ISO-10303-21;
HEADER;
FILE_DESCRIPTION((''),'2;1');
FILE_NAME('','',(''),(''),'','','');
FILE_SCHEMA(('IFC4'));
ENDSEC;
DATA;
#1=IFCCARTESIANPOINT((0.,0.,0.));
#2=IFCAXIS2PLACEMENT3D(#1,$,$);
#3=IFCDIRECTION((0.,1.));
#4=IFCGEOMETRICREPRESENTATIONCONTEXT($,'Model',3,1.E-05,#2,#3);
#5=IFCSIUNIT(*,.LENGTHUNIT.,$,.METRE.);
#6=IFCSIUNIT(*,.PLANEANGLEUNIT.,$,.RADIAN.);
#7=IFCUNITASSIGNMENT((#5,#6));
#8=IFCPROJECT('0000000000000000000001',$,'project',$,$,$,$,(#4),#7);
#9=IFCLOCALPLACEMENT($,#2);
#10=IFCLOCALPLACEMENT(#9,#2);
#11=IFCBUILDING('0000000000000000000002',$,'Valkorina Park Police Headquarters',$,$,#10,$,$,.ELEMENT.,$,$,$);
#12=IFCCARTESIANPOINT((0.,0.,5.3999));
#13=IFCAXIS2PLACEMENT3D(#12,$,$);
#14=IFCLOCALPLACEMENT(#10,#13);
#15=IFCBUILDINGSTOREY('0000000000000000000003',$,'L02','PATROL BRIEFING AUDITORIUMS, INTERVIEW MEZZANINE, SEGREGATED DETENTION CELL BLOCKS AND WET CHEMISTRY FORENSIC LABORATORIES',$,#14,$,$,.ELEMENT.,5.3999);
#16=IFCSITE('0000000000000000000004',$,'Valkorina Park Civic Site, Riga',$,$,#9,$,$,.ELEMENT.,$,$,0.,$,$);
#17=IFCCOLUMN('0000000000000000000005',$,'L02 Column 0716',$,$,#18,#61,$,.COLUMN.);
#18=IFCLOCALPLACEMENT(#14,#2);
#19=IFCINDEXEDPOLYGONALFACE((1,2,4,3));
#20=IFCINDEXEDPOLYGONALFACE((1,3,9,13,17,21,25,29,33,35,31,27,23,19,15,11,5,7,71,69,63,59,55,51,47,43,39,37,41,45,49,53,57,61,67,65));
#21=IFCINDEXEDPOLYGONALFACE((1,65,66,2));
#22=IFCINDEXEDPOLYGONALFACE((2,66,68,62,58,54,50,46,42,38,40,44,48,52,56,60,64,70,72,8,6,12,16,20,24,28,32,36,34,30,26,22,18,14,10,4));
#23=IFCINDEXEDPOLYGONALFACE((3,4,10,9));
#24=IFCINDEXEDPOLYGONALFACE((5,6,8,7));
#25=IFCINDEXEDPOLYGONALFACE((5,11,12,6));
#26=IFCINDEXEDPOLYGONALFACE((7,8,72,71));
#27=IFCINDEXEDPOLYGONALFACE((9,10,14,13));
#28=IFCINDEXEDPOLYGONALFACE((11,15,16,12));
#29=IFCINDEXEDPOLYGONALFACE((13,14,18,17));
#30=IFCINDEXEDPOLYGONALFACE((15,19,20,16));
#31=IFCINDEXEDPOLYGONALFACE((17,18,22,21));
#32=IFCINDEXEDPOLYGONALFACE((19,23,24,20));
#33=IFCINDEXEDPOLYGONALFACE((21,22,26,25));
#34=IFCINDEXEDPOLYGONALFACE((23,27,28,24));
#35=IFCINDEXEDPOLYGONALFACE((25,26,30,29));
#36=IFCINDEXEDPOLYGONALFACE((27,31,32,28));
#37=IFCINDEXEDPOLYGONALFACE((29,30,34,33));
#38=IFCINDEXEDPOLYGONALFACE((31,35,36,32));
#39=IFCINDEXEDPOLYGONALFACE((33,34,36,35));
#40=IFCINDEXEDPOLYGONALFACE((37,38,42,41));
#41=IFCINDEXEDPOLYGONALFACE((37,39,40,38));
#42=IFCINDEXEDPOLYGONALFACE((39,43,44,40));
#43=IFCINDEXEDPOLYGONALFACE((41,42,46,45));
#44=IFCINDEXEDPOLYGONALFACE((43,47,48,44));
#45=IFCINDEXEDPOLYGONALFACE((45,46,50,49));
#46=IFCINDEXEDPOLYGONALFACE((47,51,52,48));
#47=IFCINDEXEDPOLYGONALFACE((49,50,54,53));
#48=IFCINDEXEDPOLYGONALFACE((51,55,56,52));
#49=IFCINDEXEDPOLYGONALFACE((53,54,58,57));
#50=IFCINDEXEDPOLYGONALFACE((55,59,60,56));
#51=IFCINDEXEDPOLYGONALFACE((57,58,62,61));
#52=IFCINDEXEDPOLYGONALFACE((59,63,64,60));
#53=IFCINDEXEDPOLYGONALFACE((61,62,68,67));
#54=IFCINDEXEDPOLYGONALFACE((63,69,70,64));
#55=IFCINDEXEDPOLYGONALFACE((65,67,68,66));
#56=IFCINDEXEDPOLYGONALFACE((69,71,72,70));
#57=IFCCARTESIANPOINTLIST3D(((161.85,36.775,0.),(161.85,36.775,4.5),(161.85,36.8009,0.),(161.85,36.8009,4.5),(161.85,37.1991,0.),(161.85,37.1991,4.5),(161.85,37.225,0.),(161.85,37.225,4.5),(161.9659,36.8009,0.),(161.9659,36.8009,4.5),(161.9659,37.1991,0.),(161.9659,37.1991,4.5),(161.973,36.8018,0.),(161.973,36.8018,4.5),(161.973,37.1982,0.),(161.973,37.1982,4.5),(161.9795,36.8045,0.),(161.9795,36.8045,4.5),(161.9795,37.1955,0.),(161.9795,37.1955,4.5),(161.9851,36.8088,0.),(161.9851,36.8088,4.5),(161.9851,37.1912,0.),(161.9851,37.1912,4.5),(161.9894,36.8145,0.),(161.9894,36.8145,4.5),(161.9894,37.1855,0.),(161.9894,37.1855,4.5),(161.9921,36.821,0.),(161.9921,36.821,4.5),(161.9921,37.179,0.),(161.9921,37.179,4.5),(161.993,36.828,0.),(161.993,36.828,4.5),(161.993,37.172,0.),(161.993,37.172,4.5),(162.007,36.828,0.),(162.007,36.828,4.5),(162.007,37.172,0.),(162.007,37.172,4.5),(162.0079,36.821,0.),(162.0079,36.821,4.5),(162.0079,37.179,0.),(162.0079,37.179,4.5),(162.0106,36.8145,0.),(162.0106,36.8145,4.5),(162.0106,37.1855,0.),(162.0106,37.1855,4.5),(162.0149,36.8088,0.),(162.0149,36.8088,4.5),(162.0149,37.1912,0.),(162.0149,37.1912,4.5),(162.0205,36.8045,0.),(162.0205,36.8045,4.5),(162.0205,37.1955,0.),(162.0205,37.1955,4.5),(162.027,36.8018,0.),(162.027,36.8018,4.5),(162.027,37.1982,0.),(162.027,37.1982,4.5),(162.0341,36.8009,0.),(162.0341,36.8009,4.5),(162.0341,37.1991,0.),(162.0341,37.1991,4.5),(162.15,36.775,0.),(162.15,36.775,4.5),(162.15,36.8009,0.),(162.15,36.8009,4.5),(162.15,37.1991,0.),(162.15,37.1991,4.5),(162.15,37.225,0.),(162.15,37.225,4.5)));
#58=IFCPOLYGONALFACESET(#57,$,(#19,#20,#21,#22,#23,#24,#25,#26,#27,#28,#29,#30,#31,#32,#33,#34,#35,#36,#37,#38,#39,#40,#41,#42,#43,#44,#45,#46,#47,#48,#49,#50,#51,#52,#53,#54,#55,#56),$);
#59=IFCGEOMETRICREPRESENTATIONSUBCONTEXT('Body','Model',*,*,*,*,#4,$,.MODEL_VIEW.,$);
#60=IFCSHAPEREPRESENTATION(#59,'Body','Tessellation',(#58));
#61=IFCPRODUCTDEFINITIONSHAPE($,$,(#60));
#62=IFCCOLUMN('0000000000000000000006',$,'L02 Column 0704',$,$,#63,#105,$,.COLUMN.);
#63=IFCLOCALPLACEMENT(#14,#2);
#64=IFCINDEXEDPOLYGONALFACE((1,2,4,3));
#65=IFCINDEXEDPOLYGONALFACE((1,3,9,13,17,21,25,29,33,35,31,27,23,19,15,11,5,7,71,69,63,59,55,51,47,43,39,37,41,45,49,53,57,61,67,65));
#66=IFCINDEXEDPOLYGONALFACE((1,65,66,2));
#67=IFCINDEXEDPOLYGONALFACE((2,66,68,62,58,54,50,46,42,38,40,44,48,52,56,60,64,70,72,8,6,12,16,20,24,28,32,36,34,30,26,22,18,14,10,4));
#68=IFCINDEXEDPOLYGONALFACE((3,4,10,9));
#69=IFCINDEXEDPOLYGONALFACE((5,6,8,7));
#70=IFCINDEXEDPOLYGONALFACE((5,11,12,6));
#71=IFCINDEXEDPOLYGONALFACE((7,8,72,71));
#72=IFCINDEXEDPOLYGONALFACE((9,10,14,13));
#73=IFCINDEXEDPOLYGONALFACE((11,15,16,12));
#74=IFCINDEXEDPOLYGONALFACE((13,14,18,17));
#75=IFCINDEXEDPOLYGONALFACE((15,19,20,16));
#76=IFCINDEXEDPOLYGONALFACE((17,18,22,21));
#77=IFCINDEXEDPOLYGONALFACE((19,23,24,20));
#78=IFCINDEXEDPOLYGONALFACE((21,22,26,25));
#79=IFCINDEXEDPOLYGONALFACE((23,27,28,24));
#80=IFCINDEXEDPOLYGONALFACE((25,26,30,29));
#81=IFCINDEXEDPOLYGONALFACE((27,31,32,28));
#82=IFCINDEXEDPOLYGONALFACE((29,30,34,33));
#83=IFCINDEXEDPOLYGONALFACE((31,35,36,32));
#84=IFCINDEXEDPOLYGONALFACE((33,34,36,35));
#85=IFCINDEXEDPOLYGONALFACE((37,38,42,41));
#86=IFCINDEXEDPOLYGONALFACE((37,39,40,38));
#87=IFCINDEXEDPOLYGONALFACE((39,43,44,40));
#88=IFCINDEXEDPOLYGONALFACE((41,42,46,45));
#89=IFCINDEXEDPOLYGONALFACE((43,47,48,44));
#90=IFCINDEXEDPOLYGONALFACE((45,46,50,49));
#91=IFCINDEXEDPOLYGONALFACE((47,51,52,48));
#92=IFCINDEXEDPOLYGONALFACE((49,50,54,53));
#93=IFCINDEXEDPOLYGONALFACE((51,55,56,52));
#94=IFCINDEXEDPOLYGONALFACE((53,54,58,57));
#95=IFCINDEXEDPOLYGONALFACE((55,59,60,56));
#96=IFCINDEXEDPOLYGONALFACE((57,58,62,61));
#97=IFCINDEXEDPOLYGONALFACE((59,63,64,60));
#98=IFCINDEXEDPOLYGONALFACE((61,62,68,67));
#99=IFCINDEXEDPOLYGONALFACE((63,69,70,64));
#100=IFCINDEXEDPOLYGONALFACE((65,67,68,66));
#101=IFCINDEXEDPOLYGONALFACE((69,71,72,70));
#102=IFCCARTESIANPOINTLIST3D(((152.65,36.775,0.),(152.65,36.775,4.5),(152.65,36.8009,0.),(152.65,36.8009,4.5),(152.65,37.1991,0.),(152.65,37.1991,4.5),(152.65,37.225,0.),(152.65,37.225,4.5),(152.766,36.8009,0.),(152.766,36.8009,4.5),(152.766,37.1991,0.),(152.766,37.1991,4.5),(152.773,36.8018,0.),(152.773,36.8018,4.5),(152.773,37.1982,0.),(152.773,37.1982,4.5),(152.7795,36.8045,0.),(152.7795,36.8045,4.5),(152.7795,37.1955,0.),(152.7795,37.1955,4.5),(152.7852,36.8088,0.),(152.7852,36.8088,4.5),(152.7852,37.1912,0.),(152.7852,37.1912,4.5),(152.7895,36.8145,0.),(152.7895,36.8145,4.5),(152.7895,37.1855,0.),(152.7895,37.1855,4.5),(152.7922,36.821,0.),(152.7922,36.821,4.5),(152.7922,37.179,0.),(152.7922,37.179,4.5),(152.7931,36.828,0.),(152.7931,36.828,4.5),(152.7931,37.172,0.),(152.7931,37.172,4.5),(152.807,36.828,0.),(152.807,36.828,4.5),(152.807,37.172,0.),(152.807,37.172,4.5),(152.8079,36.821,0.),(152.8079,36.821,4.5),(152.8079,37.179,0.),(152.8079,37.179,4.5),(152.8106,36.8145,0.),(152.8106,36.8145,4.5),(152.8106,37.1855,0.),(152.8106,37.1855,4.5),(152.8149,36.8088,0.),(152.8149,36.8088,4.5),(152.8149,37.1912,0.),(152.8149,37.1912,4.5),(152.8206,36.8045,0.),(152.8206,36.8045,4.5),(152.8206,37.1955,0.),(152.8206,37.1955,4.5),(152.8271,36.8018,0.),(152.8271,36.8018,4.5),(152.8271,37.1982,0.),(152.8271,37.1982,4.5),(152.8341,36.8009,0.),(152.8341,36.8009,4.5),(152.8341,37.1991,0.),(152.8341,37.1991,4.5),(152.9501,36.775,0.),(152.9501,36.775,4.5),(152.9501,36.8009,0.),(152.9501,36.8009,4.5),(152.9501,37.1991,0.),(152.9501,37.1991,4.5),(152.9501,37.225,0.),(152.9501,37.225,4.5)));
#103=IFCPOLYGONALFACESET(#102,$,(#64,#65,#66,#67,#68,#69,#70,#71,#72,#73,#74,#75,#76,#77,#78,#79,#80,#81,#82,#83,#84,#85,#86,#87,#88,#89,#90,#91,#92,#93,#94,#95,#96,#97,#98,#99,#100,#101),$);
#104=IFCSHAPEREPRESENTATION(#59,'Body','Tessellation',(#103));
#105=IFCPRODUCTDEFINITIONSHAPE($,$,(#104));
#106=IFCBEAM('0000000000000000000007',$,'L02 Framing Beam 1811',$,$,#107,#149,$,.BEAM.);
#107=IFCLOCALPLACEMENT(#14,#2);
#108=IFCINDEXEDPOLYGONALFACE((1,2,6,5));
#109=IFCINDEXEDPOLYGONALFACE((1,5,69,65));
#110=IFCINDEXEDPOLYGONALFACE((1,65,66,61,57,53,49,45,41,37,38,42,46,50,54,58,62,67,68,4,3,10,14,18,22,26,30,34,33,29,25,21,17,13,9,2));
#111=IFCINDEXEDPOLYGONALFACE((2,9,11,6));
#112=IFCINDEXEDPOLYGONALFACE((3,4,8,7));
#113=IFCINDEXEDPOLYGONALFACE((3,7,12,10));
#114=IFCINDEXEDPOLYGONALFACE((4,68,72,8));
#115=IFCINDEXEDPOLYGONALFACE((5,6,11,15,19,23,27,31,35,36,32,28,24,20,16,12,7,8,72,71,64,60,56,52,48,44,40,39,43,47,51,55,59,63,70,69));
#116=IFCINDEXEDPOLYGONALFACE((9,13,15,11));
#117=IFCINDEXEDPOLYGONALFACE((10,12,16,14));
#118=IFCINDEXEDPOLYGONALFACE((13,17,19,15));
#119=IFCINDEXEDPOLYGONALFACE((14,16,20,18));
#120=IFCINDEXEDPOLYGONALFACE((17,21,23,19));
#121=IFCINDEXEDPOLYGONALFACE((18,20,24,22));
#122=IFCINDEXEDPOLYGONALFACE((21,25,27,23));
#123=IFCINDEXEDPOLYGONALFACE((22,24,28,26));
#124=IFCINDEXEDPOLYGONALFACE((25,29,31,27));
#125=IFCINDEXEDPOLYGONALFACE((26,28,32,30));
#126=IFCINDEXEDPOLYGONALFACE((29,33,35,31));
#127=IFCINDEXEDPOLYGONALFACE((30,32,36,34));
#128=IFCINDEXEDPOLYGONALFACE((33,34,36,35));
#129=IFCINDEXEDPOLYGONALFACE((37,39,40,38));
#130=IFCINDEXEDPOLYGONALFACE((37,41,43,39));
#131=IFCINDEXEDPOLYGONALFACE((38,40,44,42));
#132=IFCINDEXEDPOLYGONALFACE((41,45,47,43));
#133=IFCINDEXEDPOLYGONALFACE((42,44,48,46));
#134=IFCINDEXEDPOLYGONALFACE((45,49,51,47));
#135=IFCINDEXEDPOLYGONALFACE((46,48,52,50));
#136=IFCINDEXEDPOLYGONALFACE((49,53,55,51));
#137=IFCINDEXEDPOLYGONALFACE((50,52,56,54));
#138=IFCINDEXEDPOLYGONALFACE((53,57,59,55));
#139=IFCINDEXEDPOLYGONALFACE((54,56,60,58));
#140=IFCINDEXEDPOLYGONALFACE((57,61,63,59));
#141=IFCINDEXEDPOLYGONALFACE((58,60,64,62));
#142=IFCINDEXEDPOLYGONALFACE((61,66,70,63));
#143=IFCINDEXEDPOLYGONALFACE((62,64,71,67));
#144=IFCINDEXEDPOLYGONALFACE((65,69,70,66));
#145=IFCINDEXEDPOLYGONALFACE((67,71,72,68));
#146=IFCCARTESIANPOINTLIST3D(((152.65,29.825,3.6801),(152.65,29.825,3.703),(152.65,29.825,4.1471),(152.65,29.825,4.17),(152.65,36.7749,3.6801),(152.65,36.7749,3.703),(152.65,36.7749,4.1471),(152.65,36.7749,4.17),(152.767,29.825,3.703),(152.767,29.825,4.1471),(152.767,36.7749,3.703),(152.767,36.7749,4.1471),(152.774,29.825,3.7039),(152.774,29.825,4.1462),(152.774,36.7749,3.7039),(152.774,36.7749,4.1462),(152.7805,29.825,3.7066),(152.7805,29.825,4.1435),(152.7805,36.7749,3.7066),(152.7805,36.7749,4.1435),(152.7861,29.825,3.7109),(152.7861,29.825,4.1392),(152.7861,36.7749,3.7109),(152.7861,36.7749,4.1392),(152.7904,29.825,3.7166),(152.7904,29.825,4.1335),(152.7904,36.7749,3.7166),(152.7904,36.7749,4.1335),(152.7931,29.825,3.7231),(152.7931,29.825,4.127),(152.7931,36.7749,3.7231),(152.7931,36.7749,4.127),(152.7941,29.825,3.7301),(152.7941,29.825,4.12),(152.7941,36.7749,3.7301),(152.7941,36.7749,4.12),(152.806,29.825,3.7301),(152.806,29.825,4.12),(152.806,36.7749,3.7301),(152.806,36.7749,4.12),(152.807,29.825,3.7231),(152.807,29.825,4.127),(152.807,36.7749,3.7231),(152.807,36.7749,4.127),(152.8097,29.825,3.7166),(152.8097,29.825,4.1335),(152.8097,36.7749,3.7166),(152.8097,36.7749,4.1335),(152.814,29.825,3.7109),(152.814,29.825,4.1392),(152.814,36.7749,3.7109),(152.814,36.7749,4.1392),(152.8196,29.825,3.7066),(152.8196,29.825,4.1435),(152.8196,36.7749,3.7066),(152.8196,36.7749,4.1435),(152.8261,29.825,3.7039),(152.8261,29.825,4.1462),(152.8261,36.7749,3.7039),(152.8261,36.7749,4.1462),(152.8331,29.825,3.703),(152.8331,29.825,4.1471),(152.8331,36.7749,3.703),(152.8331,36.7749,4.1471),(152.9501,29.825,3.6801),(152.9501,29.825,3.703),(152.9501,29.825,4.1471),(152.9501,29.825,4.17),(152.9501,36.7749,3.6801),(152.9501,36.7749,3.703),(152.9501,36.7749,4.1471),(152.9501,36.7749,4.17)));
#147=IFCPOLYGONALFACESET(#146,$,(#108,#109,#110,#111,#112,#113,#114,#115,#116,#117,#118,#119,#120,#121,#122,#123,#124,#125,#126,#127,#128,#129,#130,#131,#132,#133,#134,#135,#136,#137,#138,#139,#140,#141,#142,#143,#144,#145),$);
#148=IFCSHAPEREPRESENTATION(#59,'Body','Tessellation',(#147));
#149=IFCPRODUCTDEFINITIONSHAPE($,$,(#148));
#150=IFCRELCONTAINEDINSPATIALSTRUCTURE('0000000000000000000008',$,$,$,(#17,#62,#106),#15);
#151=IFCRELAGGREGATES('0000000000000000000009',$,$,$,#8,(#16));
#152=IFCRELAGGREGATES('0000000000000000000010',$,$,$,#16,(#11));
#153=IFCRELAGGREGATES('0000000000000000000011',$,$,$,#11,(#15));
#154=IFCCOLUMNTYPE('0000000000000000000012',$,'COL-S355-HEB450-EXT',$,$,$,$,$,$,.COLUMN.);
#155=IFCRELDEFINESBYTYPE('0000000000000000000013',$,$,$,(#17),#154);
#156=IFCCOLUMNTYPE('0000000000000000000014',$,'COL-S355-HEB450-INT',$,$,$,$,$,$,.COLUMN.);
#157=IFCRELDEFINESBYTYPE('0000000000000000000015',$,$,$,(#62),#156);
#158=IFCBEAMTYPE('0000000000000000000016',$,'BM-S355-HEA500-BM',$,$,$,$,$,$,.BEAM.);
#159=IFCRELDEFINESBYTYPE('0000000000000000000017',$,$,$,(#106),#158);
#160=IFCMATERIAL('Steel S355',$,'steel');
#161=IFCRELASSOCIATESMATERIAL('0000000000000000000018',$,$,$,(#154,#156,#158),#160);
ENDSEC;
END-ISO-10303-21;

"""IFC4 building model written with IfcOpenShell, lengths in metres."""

from ifc_helpers import new_model, si_unit, direction, frame, origin, origin_2d, place, context, subcontext, project, spatial, i_section, extrude, material, material_profile, profile_set, type_object, element, save


model = new_model("IFC4")

# Units and contexts
model_context = context("Model", 3, precision=1e-05, world=origin(), true_north=direction((0.0, 1.0)))
body_context = subcontext(model_context, "Body", "Model", "MODEL_VIEW")
ifc_project = project(units=[si_unit("LENGTHUNIT", "METRE"), si_unit("PLANEANGLEUNIT", "RADIAN")], contexts=[model_context])

# Site, building, storey
site_placement = place(None, origin())
site = spatial("IfcSite", under=ifc_project, at=site_placement, Name="Valkorina Park Civic Site, Riga", CompositionType="ELEMENT", RefElevation=0.0)
building_placement = place(site_placement, origin())
building = spatial("IfcBuilding", under=site, at=building_placement, Name="Valkorina Park Police Headquarters", CompositionType="ELEMENT")
storey_placement = place(building_placement, frame((0.0, 0.0, 5.3999)))
storey = spatial("IfcBuildingStorey", under=building, at=storey_placement, Name="L02", Description="PATROL BRIEFING AUDITORIUMS, INTERVIEW MEZZANINE, SEGREGATED DETENTION CELL BLOCKS AND WET CHEMISTRY FORENSIC LABORATORIES", CompositionType="ELEMENT", Elevation=5.3999)

# Columns
ifc_material_1 = material(Name="Steel S355", Category="steel")
ifc_material_profile_1 = material_profile(ifc_material_1, i_section(OverallWidth=0.3, OverallDepth=0.45, WebThickness=0.0139, FlangeThickness=0.0259, FilletRadius=0.0271, at=origin_2d()), Name="HEB 450")
ifc_profile_set_1 = profile_set([ifc_material_profile_1], Name="Steel S355")
column_type_1 = type_object("IfcColumnType", Name="COL-S355-HEB450-EXT", PredefinedType="COLUMN", material=ifc_profile_set_1)
column_1_placement = place(storey_placement, frame((162.0, 37.0, 0.0), z_axis=(0.0, 0.0, 1.0), x_axis=(1.0, 0.0, 0.0)))
element("IfcColumn", 1, at=column_1_placement, inside=storey, type_object=column_type_1, Name="L02 Column 0716", PredefinedType="COLUMN", context=body_context, shape_type="SweptSolid", body=[
    extrude(i_section(OverallWidth=0.3, OverallDepth=0.45, WebThickness=0.0139, FlangeThickness=0.0259, FilletRadius=0.0271, at=origin_2d()), origin(), (0.0, 0.0, 1.0), 4.5),
])
ifc_material_profile_2 = material_profile(ifc_material_1, i_section(OverallWidth=0.3, OverallDepth=0.45, WebThickness=0.0139, FlangeThickness=0.0259, FilletRadius=0.0271, at=origin_2d()), Name="HEB 450")
ifc_profile_set_2 = profile_set([ifc_material_profile_2], Name="Steel S355")
column_type_2 = type_object("IfcColumnType", Name="COL-S355-HEB450-INT", PredefinedType="COLUMN", material=ifc_profile_set_2)
column_2_placement = place(storey_placement, frame((152.8, 37.0, 0.0), z_axis=(0.0, 0.0, 1.0), x_axis=(1.0, 0.0, 0.0)))
element("IfcColumn", 2, at=column_2_placement, inside=storey, type_object=column_type_2, Name="L02 Column 0704", PredefinedType="COLUMN", context=body_context, shape_type="SweptSolid", body=[
    extrude(i_section(OverallWidth=0.3, OverallDepth=0.45, WebThickness=0.0139, FlangeThickness=0.0259, FilletRadius=0.0271, at=origin_2d()), origin(), (0.0, 0.0, 1.0), 4.5),
])

# Beam
ifc_material_profile_3 = material_profile(ifc_material_1, i_section(OverallWidth=0.3, OverallDepth=0.49, WebThickness=0.012, FlangeThickness=0.0229, FilletRadius=0.0271, at=origin_2d()), Name="HEA 500")
ifc_profile_set_3 = profile_set([ifc_material_profile_3], Name="Steel S355")
beam_type_1 = type_object("IfcBeamType", Name="BM-S355-HEA500-BM", PredefinedType="BEAM", material=ifc_profile_set_3)
beam_1_placement = place(storey_placement, frame((152.8, 29.825, 3.925), z_axis=(0.0, 1.0, 0.0), x_axis=(-1.0, 0.0, 0.0)))
element("IfcBeam", 3, at=beam_1_placement, inside=storey, type_object=beam_type_1, Name="L02 Framing Beam 1811", PredefinedType="BEAM", context=body_context, shape_type="SweptSolid", body=[
    extrude(i_section(OverallWidth=0.3, OverallDepth=0.49, WebThickness=0.012, FlangeThickness=0.0229, FilletRadius=0.0271, at=origin_2d()), origin(), (0.0, 0.0, 1.0), 6.95),
])

save(model, "model.ifc")
